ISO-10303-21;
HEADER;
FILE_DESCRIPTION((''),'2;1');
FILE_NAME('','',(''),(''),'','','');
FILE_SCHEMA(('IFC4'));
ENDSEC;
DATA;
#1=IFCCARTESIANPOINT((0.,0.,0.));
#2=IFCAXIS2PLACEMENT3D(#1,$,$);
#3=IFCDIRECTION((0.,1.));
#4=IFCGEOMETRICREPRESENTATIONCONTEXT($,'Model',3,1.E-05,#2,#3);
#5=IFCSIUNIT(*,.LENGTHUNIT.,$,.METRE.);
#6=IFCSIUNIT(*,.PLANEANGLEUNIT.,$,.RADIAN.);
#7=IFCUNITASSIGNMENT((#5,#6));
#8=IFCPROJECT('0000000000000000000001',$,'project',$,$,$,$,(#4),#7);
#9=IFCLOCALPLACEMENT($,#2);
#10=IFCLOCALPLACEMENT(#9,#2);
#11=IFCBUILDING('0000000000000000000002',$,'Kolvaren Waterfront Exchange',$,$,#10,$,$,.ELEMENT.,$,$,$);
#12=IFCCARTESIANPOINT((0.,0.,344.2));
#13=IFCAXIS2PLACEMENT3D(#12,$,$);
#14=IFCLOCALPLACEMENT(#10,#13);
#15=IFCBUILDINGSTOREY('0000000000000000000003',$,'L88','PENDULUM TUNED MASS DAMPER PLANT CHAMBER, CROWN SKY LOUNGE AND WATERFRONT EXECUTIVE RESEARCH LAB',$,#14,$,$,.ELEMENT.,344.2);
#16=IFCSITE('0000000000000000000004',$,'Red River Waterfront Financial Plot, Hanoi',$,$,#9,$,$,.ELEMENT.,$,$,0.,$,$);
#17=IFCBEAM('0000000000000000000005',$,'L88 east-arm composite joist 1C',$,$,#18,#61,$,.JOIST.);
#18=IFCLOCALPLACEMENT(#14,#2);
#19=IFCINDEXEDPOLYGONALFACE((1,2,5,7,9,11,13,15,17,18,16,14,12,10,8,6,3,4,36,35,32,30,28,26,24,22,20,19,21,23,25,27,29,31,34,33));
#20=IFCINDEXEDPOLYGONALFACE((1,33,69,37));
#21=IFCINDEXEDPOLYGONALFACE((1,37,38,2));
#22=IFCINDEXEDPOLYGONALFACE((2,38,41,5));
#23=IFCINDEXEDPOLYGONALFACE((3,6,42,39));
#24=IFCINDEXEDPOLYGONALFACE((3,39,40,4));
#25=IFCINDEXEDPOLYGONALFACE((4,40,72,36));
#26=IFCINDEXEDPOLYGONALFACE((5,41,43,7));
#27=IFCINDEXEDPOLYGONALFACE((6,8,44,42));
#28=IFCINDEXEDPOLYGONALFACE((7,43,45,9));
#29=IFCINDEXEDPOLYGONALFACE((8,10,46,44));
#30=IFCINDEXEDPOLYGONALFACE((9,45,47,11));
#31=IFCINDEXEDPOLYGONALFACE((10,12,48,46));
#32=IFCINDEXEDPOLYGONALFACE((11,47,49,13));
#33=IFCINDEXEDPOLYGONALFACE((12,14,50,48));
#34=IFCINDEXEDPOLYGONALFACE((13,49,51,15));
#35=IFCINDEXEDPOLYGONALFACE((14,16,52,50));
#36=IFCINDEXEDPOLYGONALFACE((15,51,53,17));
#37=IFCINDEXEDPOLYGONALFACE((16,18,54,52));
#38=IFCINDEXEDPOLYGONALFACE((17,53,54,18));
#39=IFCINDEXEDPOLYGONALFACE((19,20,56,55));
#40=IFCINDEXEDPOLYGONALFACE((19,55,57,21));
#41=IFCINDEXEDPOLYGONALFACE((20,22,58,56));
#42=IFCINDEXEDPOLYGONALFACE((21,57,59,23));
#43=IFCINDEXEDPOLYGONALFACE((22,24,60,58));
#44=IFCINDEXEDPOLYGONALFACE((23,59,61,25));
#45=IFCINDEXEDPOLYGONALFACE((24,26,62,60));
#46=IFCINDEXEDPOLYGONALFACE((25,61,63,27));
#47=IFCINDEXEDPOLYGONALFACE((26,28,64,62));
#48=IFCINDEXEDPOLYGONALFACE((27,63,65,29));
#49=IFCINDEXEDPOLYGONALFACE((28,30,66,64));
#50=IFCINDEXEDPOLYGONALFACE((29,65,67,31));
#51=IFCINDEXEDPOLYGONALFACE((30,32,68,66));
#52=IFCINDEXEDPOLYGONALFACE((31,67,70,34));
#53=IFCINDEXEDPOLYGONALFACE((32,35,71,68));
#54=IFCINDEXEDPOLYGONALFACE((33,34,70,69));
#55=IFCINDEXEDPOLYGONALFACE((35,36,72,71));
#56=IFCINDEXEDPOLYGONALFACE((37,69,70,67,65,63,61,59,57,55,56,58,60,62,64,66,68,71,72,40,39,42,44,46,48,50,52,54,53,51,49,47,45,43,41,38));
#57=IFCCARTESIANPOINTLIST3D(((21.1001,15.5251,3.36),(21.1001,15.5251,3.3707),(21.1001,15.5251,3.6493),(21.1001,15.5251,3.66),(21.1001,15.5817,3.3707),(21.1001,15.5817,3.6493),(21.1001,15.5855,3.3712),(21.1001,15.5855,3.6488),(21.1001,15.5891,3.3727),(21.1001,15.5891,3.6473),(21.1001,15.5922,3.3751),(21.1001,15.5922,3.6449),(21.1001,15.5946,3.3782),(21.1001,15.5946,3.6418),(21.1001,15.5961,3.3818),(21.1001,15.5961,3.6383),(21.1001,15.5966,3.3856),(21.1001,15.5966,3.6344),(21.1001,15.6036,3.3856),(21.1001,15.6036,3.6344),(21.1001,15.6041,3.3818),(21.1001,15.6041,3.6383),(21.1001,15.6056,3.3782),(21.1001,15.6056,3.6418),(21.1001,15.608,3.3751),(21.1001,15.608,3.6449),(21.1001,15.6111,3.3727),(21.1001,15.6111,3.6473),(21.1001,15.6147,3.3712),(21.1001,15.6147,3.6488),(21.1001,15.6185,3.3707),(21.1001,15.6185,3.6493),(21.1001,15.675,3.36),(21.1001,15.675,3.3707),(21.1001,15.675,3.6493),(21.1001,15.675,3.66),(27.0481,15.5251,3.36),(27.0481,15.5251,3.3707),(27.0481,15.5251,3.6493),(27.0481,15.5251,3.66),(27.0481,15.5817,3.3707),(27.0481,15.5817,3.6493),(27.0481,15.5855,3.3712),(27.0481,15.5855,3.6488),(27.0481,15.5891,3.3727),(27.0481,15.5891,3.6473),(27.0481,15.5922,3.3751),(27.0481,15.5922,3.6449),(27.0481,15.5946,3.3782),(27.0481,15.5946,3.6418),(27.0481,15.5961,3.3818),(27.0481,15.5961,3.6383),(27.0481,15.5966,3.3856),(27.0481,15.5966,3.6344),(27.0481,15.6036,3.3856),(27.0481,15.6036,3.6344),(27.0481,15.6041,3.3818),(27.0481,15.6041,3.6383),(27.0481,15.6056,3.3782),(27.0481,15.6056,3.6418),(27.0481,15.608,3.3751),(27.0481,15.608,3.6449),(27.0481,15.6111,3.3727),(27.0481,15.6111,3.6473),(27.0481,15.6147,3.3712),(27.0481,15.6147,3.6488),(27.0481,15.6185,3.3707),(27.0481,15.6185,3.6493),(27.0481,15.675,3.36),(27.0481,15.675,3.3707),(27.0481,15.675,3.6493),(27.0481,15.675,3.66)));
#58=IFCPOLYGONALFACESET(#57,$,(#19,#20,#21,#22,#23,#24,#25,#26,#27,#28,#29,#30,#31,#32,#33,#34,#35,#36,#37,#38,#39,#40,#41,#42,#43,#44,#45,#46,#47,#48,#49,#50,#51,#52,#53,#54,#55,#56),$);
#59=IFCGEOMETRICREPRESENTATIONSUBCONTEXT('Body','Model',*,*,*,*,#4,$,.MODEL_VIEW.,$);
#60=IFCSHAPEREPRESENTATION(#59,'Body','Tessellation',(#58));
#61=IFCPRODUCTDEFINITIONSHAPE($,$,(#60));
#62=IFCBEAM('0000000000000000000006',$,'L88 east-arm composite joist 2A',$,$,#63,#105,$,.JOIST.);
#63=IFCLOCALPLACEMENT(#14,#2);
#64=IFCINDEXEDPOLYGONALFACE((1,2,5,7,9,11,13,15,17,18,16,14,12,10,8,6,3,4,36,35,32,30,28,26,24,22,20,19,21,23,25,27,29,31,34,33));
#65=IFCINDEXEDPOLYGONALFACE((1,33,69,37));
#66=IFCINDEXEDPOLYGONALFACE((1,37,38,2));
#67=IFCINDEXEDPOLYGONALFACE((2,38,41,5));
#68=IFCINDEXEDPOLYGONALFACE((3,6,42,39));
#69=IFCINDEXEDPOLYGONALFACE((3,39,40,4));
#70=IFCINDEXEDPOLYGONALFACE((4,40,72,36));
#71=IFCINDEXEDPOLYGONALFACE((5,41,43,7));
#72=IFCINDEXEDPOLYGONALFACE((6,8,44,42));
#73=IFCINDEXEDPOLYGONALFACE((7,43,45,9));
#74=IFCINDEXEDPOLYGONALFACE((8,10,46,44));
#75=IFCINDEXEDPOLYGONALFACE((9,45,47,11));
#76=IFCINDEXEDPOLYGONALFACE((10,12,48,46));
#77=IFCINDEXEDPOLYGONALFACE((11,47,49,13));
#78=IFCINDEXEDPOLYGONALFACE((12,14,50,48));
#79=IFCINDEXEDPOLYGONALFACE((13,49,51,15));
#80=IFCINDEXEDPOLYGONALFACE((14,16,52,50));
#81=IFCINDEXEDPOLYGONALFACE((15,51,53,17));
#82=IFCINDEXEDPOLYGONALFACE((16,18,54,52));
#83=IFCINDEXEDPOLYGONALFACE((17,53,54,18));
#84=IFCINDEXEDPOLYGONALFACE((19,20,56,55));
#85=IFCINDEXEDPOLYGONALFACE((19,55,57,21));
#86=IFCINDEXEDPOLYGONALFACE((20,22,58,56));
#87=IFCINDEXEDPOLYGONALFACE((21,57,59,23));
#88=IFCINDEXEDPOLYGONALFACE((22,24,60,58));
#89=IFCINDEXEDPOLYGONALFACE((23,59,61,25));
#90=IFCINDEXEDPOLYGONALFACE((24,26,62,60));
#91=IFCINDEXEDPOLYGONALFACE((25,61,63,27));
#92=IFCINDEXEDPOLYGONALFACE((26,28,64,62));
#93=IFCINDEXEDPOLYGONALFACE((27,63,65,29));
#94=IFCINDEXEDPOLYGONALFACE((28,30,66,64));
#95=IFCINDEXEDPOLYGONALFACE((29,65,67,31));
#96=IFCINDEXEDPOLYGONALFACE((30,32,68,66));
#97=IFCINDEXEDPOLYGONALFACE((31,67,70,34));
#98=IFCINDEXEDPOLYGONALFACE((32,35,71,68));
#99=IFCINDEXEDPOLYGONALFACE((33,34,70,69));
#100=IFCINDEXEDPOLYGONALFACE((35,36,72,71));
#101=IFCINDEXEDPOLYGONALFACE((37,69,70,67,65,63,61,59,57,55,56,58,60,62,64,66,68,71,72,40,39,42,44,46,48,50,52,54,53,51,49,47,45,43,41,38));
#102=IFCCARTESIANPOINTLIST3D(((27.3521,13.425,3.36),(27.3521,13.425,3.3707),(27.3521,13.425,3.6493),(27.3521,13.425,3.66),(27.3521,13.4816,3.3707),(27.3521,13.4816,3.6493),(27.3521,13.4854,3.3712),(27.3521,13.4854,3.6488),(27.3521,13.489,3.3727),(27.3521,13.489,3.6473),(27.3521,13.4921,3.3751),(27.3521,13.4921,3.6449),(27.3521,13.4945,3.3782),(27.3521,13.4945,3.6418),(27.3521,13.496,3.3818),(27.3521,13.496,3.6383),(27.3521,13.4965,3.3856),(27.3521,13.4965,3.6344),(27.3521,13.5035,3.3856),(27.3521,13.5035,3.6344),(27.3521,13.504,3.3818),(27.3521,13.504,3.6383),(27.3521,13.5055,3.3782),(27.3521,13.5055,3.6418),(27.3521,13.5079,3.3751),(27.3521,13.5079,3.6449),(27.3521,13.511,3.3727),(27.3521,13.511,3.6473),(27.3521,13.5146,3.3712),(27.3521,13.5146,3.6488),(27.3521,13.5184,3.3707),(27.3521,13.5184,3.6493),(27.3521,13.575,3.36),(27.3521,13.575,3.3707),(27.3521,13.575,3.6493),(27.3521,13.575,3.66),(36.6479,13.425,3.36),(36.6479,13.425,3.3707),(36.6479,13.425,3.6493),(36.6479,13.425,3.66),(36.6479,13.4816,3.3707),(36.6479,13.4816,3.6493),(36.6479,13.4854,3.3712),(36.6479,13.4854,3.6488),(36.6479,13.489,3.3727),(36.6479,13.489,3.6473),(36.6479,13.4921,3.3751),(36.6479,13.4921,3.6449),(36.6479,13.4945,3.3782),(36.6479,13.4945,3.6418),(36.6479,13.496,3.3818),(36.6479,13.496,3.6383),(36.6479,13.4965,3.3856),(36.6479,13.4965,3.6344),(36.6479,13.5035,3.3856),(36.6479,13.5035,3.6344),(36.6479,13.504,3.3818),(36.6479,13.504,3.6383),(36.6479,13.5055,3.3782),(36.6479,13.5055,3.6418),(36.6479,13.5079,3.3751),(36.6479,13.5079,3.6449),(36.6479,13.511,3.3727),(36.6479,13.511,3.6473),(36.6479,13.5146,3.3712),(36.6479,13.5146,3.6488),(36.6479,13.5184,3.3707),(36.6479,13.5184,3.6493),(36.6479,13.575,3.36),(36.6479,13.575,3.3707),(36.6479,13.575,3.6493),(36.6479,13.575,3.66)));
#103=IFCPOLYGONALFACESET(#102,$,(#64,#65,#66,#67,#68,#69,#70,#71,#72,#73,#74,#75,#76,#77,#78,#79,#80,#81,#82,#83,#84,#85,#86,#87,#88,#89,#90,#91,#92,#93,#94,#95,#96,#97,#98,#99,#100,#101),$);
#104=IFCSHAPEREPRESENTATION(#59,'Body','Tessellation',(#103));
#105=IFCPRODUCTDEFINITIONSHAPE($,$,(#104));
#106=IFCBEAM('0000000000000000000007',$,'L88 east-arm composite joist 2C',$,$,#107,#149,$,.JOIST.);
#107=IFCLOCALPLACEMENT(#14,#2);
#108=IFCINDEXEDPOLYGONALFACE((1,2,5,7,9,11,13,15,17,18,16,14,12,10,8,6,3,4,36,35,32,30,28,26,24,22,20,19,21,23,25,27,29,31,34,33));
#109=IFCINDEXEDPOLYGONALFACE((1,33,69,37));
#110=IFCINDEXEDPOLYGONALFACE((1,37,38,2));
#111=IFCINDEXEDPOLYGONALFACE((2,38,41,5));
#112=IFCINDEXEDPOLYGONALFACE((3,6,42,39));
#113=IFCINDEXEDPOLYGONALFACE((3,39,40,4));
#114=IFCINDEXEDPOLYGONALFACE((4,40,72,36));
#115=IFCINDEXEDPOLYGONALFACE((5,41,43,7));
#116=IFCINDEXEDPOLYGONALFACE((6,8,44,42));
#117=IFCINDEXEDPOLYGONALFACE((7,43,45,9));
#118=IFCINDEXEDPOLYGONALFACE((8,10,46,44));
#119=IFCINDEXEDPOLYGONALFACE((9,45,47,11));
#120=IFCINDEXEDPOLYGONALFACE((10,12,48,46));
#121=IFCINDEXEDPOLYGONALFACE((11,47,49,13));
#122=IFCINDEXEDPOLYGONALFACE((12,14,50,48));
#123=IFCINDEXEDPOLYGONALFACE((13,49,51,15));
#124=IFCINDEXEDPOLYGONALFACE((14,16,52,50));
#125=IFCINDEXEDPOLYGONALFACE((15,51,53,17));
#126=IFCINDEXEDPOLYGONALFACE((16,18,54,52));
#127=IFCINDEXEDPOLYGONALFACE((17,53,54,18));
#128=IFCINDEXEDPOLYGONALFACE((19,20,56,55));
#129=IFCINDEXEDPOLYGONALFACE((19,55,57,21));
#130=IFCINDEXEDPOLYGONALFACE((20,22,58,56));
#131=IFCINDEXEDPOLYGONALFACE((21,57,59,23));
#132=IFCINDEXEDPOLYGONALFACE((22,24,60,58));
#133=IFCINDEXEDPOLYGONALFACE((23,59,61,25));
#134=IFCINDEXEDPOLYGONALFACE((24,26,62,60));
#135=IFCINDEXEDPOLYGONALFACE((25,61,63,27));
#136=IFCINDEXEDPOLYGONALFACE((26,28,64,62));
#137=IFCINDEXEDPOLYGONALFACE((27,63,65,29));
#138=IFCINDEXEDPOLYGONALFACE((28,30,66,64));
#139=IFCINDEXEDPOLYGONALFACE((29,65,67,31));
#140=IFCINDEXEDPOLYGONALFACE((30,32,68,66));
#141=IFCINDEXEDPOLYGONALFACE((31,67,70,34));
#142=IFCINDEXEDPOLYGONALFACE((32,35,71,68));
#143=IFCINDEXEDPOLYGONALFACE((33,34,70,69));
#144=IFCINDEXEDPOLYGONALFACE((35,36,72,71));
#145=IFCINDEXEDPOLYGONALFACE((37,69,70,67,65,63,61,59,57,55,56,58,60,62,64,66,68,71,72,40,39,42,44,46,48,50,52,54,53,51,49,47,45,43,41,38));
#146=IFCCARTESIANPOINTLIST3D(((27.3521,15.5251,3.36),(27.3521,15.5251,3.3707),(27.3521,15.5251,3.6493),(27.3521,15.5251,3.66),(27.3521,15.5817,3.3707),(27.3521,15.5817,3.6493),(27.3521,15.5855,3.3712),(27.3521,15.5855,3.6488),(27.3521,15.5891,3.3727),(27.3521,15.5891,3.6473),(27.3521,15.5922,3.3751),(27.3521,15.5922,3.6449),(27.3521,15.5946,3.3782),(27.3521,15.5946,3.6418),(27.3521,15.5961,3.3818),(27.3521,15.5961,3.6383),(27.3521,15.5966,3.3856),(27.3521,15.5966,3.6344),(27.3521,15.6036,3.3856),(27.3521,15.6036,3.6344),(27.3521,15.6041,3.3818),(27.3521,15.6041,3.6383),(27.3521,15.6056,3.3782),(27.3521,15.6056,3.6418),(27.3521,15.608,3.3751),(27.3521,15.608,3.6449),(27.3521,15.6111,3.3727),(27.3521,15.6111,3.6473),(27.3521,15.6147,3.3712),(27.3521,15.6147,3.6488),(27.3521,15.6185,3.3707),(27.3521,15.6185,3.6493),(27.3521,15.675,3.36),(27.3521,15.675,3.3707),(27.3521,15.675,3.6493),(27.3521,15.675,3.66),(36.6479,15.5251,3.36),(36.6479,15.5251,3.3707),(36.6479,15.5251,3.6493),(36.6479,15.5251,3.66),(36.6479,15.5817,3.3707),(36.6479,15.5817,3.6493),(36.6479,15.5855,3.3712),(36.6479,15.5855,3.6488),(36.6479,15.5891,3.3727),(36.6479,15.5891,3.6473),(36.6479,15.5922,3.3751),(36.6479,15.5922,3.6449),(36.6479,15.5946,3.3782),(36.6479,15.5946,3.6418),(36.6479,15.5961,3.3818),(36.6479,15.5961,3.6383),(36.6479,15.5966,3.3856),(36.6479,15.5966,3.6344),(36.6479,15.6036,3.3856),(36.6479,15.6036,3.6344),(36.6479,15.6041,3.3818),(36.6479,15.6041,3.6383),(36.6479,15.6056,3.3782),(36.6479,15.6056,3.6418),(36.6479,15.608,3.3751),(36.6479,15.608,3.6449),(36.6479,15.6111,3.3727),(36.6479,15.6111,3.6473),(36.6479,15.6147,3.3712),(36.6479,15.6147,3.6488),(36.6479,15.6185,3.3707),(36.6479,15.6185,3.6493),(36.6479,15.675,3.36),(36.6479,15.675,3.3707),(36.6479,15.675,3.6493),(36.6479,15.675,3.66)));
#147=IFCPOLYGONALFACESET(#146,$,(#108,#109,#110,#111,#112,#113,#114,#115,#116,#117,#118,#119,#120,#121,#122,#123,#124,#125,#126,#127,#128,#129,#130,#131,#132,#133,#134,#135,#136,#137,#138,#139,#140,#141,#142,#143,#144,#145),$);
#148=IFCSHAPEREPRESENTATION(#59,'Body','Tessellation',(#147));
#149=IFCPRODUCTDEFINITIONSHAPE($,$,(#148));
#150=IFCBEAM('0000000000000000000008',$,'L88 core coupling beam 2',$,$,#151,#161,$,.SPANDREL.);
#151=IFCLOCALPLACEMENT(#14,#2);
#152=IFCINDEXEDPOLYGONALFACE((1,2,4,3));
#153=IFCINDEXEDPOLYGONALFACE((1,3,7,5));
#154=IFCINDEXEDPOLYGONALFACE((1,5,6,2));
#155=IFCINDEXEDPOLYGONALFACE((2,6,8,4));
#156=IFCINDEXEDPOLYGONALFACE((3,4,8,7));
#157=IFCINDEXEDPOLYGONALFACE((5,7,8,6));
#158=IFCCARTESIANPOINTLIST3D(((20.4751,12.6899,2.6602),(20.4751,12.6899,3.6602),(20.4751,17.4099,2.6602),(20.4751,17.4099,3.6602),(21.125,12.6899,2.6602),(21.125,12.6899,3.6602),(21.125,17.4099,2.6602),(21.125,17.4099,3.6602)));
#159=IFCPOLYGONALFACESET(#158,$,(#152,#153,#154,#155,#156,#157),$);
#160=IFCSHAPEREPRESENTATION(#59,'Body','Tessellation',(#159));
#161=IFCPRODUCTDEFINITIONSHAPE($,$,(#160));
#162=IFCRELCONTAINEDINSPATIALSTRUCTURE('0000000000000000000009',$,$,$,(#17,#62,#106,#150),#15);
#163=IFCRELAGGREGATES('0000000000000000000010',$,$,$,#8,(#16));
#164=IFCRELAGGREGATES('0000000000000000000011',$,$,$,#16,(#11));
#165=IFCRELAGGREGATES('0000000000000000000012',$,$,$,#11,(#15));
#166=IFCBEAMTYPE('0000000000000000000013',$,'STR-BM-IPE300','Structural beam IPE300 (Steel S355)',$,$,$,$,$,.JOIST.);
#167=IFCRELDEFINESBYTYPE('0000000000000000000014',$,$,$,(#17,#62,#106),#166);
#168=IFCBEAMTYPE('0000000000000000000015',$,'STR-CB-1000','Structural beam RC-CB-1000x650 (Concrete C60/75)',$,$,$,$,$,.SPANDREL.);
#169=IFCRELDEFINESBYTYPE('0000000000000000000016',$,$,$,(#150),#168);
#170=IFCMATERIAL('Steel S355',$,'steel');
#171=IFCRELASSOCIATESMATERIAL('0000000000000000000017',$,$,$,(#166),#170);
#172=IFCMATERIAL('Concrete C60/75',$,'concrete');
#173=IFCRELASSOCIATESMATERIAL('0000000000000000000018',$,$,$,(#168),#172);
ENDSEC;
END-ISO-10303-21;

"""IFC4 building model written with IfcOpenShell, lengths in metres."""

from ifc_helpers import new_model, si_unit, direction, frame, origin, origin_2d, place, context, subcontext, project, spatial, rectangle, i_section, extrude, material, material_profile, profile_set, type_object, element, save


model = new_model("IFC4")

# Units and contexts
model_context = context("Model", 3, precision=1e-05, world=origin(), true_north=direction((0.0, 1.0)))
body_context = subcontext(model_context, "Body", "Model", "MODEL_VIEW")
ifc_project = project(units=[si_unit("LENGTHUNIT", "METRE"), si_unit("PLANEANGLEUNIT", "RADIAN")], contexts=[model_context])

# Site, building, storey
site_placement = place(None, origin())
site = spatial("IfcSite", under=ifc_project, at=site_placement, Name="Red River Waterfront Financial Plot, Hanoi", CompositionType="ELEMENT", RefElevation=0.0)
building_placement = place(site_placement, origin())
building = spatial("IfcBuilding", under=site, at=building_placement, Name="Kolvaren Waterfront Exchange", CompositionType="ELEMENT")
storey_placement = place(building_placement, frame((0.0, 0.0, 344.2)))
storey = spatial("IfcBuildingStorey", under=building, at=storey_placement, Name="L88", Description="PENDULUM TUNED MASS DAMPER PLANT CHAMBER, CROWN SKY LOUNGE AND WATERFRONT EXECUTIVE RESEARCH LAB", CompositionType="ELEMENT", Elevation=344.2)

# Beams
ifc_material_1 = material(Name="Steel S355", Category="steel")
ifc_material_profile_1 = material_profile(ifc_material_1, i_section(OverallWidth=0.1499, OverallDepth=0.3, WebThickness=0.0071, FlangeThickness=0.0107, FilletRadius=0.0149, at=origin_2d()), Name="IPE300")
ifc_profile_set_1 = profile_set([ifc_material_profile_1], Name="Steel S355")
beam_type_1 = type_object("IfcBeamType", Name="STR-BM-IPE300", Description="Structural beam IPE300 (Steel S355)", PredefinedType="JOIST", material=ifc_profile_set_1)
for number, where, z_axis, x_axis, name in (
    (1, (21.1001, 15.6001, 3.51), (1.0, 0.0, 0.0), (0.0, 1.0, 0.0), "L88 east-arm composite joist 1C"),
):
    element("IfcBeam", number, at=place(storey_placement, frame(where, z_axis=z_axis, x_axis=x_axis)), inside=storey, type_object=beam_type_1, Name=name, PredefinedType="JOIST", context=body_context, shape_type="SweptSolid", body=[
        extrude(i_section(OverallWidth=0.1499, OverallDepth=0.3, WebThickness=0.0071, FlangeThickness=0.0107, FilletRadius=0.0149, at=origin_2d()), origin(), (0.0, 0.0, 1.0), 5.948),
    ])
for number, where, z_axis, x_axis, name in (
    (2, (27.3521, 13.5, 3.51), (1.0, 0.0, 0.0), (0.0, 1.0, 0.0), "L88 east-arm composite joist 2A"),
    (3, (27.3521, 15.6001, 3.51), (1.0, 0.0, 0.0), (0.0, 1.0, 0.0), "L88 east-arm composite joist 2C"),
):
    element("IfcBeam", number, at=place(storey_placement, frame(where, z_axis=z_axis, x_axis=x_axis)), inside=storey, type_object=beam_type_1, Name=name, PredefinedType="JOIST", context=body_context, shape_type="SweptSolid", body=[
        extrude(i_section(OverallWidth=0.1499, OverallDepth=0.3, WebThickness=0.0071, FlangeThickness=0.0107, FilletRadius=0.0149, at=origin_2d()), origin(), (0.0, 0.0, 1.0), 9.2959),
    ])
ifc_material_2 = material(Name="Concrete C60/75", Category="concrete")
ifc_material_profile_2 = material_profile(ifc_material_2, rectangle(XDim=0.6499, YDim=1.0, at=origin_2d()), Name="RC-CB-1000x650")
ifc_profile_set_2 = profile_set([ifc_material_profile_2], Name="Concrete C60/75")
beam_type_2 = type_object("IfcBeamType", Name="STR-CB-1000", Description="Structural beam RC-CB-1000x650 (Concrete C60/75)", PredefinedType="SPANDREL", material=ifc_profile_set_2)
beam_1_placement = place(storey_placement, frame((20.8, 12.6899, 3.1602), z_axis=(0.0, 1.0, 0.0), x_axis=(-1.0, 0.0, 0.0)))
element("IfcBeam", 4, at=beam_1_placement, inside=storey, type_object=beam_type_2, Name="L88 core coupling beam 2", PredefinedType="SPANDREL", context=body_context, shape_type="SweptSolid", body=[
    extrude(rectangle(XDim=0.6499, YDim=1.0, at=origin_2d()), origin(), (0.0, 0.0, 1.0), 4.72),
])

save(model, "model.ifc")
